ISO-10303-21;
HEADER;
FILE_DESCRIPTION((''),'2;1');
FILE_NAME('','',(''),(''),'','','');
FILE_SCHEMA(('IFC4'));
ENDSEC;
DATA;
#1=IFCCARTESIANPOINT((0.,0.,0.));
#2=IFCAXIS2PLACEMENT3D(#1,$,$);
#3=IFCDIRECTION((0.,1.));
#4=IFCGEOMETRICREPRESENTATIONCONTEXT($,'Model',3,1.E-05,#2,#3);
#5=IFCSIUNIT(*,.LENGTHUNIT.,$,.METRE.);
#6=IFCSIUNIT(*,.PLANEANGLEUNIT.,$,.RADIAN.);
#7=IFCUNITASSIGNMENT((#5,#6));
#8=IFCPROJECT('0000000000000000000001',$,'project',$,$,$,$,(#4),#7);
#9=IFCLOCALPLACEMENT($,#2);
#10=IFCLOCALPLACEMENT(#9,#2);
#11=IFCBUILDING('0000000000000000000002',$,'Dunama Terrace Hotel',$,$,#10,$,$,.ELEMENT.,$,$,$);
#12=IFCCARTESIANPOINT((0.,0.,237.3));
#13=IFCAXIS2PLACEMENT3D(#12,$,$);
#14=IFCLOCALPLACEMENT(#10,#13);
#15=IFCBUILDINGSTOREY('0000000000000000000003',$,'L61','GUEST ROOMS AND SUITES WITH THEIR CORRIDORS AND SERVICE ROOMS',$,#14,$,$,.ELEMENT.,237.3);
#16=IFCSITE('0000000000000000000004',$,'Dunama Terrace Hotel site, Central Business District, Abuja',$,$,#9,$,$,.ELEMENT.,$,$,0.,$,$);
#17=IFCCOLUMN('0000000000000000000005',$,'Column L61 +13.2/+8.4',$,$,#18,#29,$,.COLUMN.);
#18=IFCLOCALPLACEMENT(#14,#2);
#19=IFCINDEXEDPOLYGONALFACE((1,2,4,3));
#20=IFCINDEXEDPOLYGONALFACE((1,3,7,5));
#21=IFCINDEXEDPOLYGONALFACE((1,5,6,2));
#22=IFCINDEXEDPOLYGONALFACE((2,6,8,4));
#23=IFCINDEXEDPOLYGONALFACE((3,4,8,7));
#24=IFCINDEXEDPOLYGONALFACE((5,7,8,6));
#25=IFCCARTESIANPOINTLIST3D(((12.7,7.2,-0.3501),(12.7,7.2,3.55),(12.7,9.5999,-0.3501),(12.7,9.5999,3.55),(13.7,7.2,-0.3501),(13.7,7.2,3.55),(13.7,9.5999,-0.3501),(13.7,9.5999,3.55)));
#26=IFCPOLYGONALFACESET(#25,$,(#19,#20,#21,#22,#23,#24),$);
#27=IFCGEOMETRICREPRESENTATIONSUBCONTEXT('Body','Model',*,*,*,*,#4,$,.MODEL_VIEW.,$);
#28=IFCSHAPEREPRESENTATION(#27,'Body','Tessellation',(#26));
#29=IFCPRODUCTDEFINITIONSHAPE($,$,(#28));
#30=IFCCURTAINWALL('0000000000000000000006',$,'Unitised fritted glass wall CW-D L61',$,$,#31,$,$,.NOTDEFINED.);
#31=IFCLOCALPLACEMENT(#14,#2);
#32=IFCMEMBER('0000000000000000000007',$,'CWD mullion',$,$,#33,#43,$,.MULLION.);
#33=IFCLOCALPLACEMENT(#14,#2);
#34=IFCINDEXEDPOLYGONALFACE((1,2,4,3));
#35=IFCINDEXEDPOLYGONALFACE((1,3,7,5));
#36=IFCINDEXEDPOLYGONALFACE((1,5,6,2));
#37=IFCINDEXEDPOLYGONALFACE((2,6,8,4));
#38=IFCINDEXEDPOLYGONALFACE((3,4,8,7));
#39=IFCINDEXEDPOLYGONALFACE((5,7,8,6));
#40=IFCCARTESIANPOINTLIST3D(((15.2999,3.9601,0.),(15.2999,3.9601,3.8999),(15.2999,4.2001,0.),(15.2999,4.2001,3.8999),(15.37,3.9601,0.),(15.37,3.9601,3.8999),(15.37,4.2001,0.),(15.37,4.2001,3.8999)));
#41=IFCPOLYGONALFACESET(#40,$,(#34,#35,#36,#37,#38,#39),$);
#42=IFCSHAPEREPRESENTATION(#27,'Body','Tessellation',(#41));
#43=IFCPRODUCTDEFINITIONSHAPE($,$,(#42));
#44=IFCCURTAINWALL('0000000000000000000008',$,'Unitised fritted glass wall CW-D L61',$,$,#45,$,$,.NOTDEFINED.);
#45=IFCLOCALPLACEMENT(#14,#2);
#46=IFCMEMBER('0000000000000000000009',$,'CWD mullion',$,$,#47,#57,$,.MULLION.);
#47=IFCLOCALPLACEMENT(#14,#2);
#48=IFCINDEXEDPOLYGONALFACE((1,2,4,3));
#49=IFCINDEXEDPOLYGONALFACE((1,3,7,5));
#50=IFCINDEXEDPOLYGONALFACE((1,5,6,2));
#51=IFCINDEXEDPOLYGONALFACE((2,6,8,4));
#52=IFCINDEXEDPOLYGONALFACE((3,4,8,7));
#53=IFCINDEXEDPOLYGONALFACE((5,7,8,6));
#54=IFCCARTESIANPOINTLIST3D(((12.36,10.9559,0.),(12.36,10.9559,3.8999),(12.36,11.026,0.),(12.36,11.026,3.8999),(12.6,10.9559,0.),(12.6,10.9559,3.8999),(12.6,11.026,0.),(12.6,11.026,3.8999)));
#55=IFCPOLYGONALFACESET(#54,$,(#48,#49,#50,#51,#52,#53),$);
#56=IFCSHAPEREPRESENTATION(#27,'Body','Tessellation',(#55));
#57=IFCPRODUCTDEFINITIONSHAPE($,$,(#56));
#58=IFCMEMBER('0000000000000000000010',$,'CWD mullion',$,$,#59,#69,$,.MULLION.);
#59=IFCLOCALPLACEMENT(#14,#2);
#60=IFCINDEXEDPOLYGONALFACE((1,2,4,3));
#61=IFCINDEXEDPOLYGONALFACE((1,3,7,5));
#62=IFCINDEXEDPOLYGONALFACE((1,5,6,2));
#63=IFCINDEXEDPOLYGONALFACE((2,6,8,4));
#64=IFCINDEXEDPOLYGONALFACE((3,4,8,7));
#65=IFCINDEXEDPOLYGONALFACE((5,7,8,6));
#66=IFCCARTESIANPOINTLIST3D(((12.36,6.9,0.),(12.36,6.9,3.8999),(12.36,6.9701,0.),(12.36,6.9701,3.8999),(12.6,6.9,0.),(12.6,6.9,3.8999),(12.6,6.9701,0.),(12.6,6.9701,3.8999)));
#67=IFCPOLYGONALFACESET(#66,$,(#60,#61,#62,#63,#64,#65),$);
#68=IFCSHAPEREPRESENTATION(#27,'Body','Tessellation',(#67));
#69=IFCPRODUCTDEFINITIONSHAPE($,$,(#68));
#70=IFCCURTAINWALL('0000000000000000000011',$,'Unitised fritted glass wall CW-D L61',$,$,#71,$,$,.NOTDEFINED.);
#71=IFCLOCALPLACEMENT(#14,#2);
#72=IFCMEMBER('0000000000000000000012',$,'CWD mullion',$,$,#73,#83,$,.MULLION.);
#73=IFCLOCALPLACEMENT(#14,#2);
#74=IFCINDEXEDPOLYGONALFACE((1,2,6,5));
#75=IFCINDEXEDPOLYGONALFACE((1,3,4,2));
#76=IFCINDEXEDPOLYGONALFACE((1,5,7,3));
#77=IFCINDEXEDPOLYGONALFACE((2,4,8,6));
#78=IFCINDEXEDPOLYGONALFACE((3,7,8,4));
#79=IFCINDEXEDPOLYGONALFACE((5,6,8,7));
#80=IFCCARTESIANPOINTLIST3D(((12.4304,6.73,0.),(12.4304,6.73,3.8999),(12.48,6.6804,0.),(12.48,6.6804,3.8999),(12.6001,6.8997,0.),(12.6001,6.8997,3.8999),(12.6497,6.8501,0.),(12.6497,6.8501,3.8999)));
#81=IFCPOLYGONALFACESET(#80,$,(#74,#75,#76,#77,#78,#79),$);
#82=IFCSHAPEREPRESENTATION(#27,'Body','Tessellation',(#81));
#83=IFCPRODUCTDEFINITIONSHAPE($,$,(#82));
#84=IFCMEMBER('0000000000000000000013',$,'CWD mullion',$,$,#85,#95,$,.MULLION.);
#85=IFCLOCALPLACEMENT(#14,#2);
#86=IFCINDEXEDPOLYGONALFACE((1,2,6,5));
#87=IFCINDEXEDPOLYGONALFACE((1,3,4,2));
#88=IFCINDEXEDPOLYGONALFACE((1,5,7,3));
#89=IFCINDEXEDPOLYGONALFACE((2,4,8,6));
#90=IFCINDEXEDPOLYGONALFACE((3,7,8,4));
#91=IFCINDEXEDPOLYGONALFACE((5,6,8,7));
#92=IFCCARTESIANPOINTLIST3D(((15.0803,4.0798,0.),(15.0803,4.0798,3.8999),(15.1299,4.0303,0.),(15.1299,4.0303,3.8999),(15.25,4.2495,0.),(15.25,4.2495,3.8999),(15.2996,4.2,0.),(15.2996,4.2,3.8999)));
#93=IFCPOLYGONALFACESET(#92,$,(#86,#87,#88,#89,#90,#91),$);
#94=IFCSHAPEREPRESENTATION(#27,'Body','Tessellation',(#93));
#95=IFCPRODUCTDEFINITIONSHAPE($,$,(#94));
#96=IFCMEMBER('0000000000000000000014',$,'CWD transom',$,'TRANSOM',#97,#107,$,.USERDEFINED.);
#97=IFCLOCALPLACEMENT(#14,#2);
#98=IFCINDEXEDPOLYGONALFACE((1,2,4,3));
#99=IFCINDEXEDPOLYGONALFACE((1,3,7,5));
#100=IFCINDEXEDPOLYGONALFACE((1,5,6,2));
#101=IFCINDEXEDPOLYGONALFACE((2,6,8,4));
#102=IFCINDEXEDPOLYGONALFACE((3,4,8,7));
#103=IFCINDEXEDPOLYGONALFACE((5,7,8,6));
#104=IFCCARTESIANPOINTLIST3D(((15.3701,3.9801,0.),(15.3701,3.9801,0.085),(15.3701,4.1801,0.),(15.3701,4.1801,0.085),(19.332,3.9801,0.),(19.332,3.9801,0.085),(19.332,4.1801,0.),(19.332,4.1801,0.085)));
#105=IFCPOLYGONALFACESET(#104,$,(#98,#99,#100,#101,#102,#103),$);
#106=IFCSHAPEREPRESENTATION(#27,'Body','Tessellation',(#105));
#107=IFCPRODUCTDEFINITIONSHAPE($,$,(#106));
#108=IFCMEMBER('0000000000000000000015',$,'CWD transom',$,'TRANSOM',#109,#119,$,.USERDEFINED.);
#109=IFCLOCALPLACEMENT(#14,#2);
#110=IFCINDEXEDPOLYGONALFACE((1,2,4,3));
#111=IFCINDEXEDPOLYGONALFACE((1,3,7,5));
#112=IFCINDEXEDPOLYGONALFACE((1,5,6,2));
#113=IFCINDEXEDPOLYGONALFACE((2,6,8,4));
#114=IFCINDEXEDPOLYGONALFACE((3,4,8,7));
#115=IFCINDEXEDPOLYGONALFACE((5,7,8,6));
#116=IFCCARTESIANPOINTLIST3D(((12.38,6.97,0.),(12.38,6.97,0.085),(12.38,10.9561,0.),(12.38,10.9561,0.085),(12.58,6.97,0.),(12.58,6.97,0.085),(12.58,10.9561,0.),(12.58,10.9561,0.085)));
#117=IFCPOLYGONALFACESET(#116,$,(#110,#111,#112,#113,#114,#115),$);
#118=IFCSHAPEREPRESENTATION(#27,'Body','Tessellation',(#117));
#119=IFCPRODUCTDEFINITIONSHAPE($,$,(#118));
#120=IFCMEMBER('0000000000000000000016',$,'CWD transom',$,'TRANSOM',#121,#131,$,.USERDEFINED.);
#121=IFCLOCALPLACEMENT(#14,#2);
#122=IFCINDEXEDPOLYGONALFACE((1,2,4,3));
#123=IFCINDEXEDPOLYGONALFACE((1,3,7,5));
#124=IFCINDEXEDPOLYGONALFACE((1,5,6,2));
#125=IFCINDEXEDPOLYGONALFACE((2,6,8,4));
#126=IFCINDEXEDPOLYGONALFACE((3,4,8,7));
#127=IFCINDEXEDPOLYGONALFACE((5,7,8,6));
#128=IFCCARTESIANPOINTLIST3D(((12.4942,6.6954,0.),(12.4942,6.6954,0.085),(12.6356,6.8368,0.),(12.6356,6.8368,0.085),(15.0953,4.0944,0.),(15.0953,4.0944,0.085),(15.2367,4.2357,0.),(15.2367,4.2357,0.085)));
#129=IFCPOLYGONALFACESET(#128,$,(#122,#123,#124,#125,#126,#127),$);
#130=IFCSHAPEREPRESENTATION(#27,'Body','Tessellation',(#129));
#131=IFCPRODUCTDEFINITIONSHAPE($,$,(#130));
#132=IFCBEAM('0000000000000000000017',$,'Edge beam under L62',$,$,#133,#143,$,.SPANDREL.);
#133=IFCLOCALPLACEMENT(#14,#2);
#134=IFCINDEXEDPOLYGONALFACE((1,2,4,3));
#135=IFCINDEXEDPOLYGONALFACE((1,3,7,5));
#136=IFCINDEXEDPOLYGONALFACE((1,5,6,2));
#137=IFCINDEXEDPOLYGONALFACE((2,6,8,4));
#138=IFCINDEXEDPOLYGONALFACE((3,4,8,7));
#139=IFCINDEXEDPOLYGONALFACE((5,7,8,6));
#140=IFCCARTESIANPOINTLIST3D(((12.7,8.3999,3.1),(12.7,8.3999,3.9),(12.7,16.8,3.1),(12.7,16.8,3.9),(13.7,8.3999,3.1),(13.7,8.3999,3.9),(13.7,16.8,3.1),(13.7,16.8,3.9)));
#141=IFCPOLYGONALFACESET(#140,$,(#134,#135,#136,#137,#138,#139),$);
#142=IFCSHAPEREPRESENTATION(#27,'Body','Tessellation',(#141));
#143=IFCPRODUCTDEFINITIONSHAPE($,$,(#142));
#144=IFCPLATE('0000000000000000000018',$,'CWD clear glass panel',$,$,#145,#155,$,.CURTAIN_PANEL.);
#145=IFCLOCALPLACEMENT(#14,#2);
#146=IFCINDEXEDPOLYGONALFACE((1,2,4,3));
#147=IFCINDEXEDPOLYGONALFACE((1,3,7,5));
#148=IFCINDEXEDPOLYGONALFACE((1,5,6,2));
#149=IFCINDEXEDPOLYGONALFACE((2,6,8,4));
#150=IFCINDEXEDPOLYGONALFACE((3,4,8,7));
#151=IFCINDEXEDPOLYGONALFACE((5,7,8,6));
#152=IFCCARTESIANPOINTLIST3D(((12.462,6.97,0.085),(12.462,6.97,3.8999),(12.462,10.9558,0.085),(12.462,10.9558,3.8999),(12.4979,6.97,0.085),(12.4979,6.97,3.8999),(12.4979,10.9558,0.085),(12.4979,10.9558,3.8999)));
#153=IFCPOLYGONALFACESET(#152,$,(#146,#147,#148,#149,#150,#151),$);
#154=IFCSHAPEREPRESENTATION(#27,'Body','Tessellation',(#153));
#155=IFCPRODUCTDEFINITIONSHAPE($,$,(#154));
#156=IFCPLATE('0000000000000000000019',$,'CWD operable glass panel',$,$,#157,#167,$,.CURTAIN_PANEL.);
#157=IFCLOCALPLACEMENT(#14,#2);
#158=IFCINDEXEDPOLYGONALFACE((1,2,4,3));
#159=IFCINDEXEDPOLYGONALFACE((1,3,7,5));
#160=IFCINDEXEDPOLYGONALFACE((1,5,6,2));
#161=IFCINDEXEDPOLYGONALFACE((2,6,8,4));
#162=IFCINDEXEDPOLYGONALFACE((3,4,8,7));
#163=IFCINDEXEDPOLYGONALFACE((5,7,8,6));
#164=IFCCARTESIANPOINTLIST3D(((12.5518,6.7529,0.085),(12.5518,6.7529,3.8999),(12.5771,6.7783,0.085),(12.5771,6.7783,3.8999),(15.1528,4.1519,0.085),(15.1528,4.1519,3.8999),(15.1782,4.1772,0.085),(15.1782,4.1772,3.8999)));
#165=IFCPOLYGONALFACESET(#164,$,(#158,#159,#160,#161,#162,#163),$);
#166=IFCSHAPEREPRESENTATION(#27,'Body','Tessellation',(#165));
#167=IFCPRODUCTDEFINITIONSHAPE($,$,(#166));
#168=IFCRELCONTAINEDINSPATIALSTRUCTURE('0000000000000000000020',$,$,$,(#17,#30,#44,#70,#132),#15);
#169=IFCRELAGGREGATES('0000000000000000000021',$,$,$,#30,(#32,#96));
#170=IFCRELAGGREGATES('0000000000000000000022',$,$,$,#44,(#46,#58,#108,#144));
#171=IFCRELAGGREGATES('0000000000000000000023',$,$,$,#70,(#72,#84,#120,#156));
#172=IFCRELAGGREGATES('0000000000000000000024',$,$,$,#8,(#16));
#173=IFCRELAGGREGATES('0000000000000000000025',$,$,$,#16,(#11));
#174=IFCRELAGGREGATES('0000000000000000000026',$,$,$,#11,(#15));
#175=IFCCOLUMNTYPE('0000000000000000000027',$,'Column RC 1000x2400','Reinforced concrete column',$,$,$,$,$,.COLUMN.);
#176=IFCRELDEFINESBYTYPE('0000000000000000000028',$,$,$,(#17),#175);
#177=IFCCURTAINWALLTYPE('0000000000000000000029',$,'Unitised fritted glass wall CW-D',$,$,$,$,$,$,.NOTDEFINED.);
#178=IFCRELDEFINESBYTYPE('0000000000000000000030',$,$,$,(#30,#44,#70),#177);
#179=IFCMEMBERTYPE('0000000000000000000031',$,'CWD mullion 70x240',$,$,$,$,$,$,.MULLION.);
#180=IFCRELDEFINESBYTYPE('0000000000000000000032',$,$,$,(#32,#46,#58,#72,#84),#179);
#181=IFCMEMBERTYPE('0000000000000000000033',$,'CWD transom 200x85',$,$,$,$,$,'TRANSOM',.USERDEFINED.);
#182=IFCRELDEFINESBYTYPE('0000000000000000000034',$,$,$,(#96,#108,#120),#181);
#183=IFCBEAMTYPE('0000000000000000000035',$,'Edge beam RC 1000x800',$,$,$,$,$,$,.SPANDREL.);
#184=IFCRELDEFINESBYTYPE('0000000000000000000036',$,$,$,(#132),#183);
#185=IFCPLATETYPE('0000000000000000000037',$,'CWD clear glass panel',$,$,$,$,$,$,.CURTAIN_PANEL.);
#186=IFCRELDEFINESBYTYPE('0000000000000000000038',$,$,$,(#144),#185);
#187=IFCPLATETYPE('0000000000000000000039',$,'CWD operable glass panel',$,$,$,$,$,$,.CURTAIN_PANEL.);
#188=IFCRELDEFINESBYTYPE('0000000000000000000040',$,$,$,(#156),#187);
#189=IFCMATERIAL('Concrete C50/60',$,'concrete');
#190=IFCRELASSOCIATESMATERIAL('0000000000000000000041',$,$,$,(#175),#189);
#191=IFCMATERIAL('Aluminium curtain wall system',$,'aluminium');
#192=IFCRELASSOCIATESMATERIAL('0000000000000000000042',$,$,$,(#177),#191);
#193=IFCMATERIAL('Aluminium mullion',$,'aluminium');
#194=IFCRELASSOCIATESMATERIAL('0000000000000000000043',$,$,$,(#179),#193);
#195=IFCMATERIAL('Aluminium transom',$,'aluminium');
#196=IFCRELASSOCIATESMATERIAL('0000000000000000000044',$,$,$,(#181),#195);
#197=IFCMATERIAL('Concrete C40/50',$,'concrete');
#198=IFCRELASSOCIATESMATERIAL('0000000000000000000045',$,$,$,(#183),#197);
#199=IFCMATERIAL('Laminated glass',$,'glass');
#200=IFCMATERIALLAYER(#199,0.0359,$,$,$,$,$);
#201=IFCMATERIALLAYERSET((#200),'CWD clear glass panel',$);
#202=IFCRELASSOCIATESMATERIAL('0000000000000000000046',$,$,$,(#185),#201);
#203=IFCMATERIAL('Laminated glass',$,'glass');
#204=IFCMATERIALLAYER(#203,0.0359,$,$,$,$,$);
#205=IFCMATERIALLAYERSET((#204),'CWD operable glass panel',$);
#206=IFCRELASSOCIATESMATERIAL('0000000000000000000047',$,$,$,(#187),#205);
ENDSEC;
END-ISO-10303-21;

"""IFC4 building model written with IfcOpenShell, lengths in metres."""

from ifc_helpers import new_model, si_unit, direction, frame, origin, origin_2d, place, context, subcontext, project, spatial, rectangle, extrude, material, layer, layer_set, material_profile, profile_set, type_object, element, aggregate, save


model = new_model("IFC4")

# Units and contexts
model_context = context("Model", 3, precision=1e-05, world=origin(), true_north=direction((0.0, 1.0)))
body_context = subcontext(model_context, "Body", "Model", "MODEL_VIEW")
ifc_project = project(units=[si_unit("LENGTHUNIT", "METRE"), si_unit("PLANEANGLEUNIT", "RADIAN")], contexts=[model_context])

# Site, building, storey
site_placement = place(None, origin())
site = spatial("IfcSite", under=ifc_project, at=site_placement, Name="Dunama Terrace Hotel site, Central Business District, Abuja", CompositionType="ELEMENT", RefElevation=0.0)
building_placement = place(site_placement, origin())
building = spatial("IfcBuilding", under=site, at=building_placement, Name="Dunama Terrace Hotel", CompositionType="ELEMENT")
storey_placement = place(building_placement, frame((0.0, 0.0, 237.3)))
storey = spatial("IfcBuildingStorey", under=building, at=storey_placement, Name="L61", Description="GUEST ROOMS AND SUITES WITH THEIR CORRIDORS AND SERVICE ROOMS", CompositionType="ELEMENT", Elevation=237.3)

# Column
ifc_material_1 = material(Name="Concrete C50/60", Category="concrete")
ifc_material_profile_1 = material_profile(ifc_material_1, rectangle(XDim=1.0, YDim=2.3999, at=origin_2d()), Name="RC 1000x2400")
ifc_profile_set_1 = profile_set([ifc_material_profile_1], Name="Concrete C50/60")
column_type = type_object("IfcColumnType", Name="Column RC 1000x2400", Description="Reinforced concrete column", PredefinedType="COLUMN", material=ifc_profile_set_1)
column_placement = place(storey_placement, frame((13.2, 8.3999, -0.3501), z_axis=(0.0, 0.0, 1.0), x_axis=(1.0, 0.0, 0.0)))
element("IfcColumn", 1, at=column_placement, inside=storey, type_object=column_type, Name="Column L61 +13.2/+8.4", PredefinedType="COLUMN", context=body_context, shape_type="SweptSolid", body=[
    extrude(rectangle(XDim=1.0, YDim=2.3999, at=origin_2d()), origin(), (0.0, 0.0, 1.0), 3.9001),
])

# Curtain wall, member
ifc_material_2 = material(Name="Aluminium curtain wall system", Category="aluminium")
curtain_wall_type = type_object("IfcCurtainWallType", Name="Unitised fritted glass wall CW-D", PredefinedType="NOTDEFINED", material=ifc_material_2)
curtain_wall_1_placement = place(storey_placement, origin())
curtain_wall_1 = element("IfcCurtainWall", 2, at=curtain_wall_1_placement, inside=storey, type_object=curtain_wall_type, Name="Unitised fritted glass wall CW-D L61", PredefinedType="NOTDEFINED")
ifc_material_3 = material(Name="Aluminium mullion", Category="aluminium")
ifc_material_profile_2 = material_profile(ifc_material_3, rectangle(XDim=0.0701, YDim=0.24, at=origin_2d()), Name="CWD MULLION 70X240")
ifc_profile_set_2 = profile_set([ifc_material_profile_2], Name="Aluminium mullion")
member_type_1 = type_object("IfcMemberType", Name="CWD mullion 70x240", PredefinedType="MULLION", material=ifc_profile_set_2)
member_1_placement = place(storey_placement, frame((15.335, 4.0801, 0.0), z_axis=(0.0, 0.0, 1.0), x_axis=(1.0, 0.0, 0.0)))
member_1 = element("IfcMember", 3, at=member_1_placement, type_object=member_type_1, Name="CWD mullion", PredefinedType="MULLION", context=body_context, shape_type="SweptSolid", body=[
    extrude(rectangle(XDim=0.0701, YDim=0.24, at=origin_2d()), origin(), (0.0, 0.0, 1.0), 3.8999),
])

# Curtain walls, members
curtain_wall_2_placement = place(storey_placement, origin())
curtain_wall_2 = element("IfcCurtainWall", 4, at=curtain_wall_2_placement, inside=storey, type_object=curtain_wall_type, Name="Unitised fritted glass wall CW-D L61", PredefinedType="NOTDEFINED")
member_2_placement = place(storey_placement, frame((12.48, 10.991, 0.0), z_axis=(0.0, 0.0, 1.0), x_axis=(0.0, -1.0, 0.0)))
member_2 = element("IfcMember", 5, at=member_2_placement, type_object=member_type_1, Name="CWD mullion", PredefinedType="MULLION", context=body_context, shape_type="SweptSolid", body=[
    extrude(rectangle(XDim=0.0701, YDim=0.24, at=origin_2d()), origin(), (0.0, 0.0, 1.0), 3.8999),
])
member_3_placement = place(storey_placement, frame((12.48, 6.9351, 0.0), z_axis=(0.0, 0.0, 1.0), x_axis=(0.0, -1.0, 0.0)))
member_3 = element("IfcMember", 6, at=member_3_placement, type_object=member_type_1, Name="CWD mullion", PredefinedType="MULLION", context=body_context, shape_type="SweptSolid", body=[
    extrude(rectangle(XDim=0.0701, YDim=0.24, at=origin_2d()), origin(), (0.0, 0.0, 1.0), 3.8999),
])
curtain_wall_3_placement = place(storey_placement, origin())
curtain_wall_3 = element("IfcCurtainWall", 7, at=curtain_wall_3_placement, inside=storey, type_object=curtain_wall_type, Name="Unitised fritted glass wall CW-D L61", PredefinedType="NOTDEFINED")
member_4_placement = place(storey_placement, frame((12.54, 6.79, 0.0), z_axis=(0.0, 0.0, 1.0), x_axis=(0.707107, -0.707107, 0.0)))
member_4 = element("IfcMember", 8, at=member_4_placement, type_object=member_type_1, Name="CWD mullion", PredefinedType="MULLION", context=body_context, shape_type="SweptSolid", body=[
    extrude(rectangle(XDim=0.0701, YDim=0.24, at=origin_2d()), origin(), (0.0, 0.0, 1.0), 3.8999),
])
member_5_placement = place(storey_placement, frame((15.1899, 4.1399, 0.0), z_axis=(0.0, 0.0, 1.0), x_axis=(0.707107, -0.707107, 0.0)))
member_5 = element("IfcMember", 9, at=member_5_placement, type_object=member_type_1, Name="CWD mullion", PredefinedType="MULLION", context=body_context, shape_type="SweptSolid", body=[
    extrude(rectangle(XDim=0.0701, YDim=0.24, at=origin_2d()), origin(), (0.0, 0.0, 1.0), 3.8999),
])

# Members
ifc_material_4 = material(Name="Aluminium transom", Category="aluminium")
ifc_material_profile_3 = material_profile(ifc_material_4, rectangle(XDim=0.2, YDim=0.085, at=origin_2d()), Name="CWD TRANSOM 200X85")
ifc_profile_set_3 = profile_set([ifc_material_profile_3], Name="Aluminium transom")
member_type_2 = type_object("IfcMemberType", Name="CWD transom 200x85", ElementType="TRANSOM", PredefinedType="USERDEFINED", material=ifc_profile_set_3)
member_6_placement = place(storey_placement, frame((15.3701, 4.0801, 0.0425), z_axis=(1.0, 0.0, 0.0), x_axis=(0.0, 1.0, 0.0)))
member_6 = element("IfcMember", 10, at=member_6_placement, type_object=member_type_2, Name="CWD transom", ObjectType="TRANSOM", PredefinedType="USERDEFINED", context=body_context, shape_type="SweptSolid", body=[
    extrude(rectangle(XDim=0.2, YDim=0.085, at=origin_2d()), origin(), (0.0, 0.0, 1.0), 3.9619),
])
aggregate(curtain_wall_1, [member_1, member_6])
member_7_placement = place(storey_placement, frame((12.48, 10.9561, 0.0425), z_axis=(0.0, -1.0, 0.0), x_axis=(1.0, 0.0, 0.0)))
member_7 = element("IfcMember", 11, at=member_7_placement, type_object=member_type_2, Name="CWD transom", ObjectType="TRANSOM", PredefinedType="USERDEFINED", context=body_context, shape_type="SweptSolid", body=[
    extrude(rectangle(XDim=0.2, YDim=0.085, at=origin_2d()), origin(), (0.0, 0.0, 1.0), 3.9861),
])
member_8_placement = place(storey_placement, frame((12.5649, 6.7661, 0.0425), z_axis=(0.707107, -0.707107, 0.0), x_axis=(0.707107, 0.707107, 0.0)))
member_8 = element("IfcMember", 12, at=member_8_placement, type_object=member_type_2, Name="CWD transom", ObjectType="TRANSOM", PredefinedType="USERDEFINED", context=body_context, shape_type="SweptSolid", body=[
    extrude(rectangle(XDim=0.2, YDim=0.085, at=origin_2d()), origin(), (0.0, 0.0, 1.0), 3.6785),
])

# Beam
ifc_material_5 = material(Name="Concrete C40/50", Category="concrete")
ifc_material_profile_4 = material_profile(ifc_material_5, rectangle(XDim=1.0, YDim=0.8, at=origin_2d()), Name="RC 1000x800")
ifc_profile_set_4 = profile_set([ifc_material_profile_4], Name="Concrete C40/50")
beam_type = type_object("IfcBeamType", Name="Edge beam RC 1000x800", PredefinedType="SPANDREL", material=ifc_profile_set_4)
beam_placement = place(storey_placement, frame((13.2, 8.3999, 3.5), z_axis=(0.0, 1.0, 0.0), x_axis=(-1.0, 0.0, 0.0)))
element("IfcBeam", 13, at=beam_placement, inside=storey, type_object=beam_type, Name="Edge beam under L62", PredefinedType="SPANDREL", context=body_context, shape_type="SweptSolid", body=[
    extrude(rectangle(XDim=1.0, YDim=0.8, at=origin_2d()), origin(), (0.0, 0.0, 1.0), 8.4001),
])

# Plates
ifc_material_6 = material(Name="Laminated glass", Category="glass")
ifc_layer_1 = layer(ifc_material_6, 0.0359)
ifc_layer_set_1 = layer_set([ifc_layer_1], Name="CWD clear glass panel")
plate_type_1 = type_object("IfcPlateType", Name="CWD clear glass panel", PredefinedType="CURTAIN_PANEL", material=ifc_layer_set_1)
plate_1_placement = place(storey_placement, frame((12.48, 8.9629, 0.085), z_axis=(0.0, 0.0, 1.0), x_axis=(0.0, -1.0, 0.0)))
plate_1 = element("IfcPlate", 14, at=plate_1_placement, type_object=plate_type_1, Name="CWD clear glass panel", PredefinedType="CURTAIN_PANEL", context=body_context, shape_type="SweptSolid", body=[
    extrude(rectangle(XDim=3.9858, YDim=0.0359, at=origin_2d()), origin(), (0.0, 0.0, 1.0), 3.8149),
])
aggregate(curtain_wall_2, [member_2, member_3, member_7, plate_1])
ifc_material_7 = material(Name="Laminated glass", Category="glass")
ifc_layer_2 = layer(ifc_material_7, 0.0359)
ifc_layer_set_2 = layer_set([ifc_layer_2], Name="CWD operable glass panel")
plate_type_2 = type_object("IfcPlateType", Name="CWD operable glass panel", PredefinedType="CURTAIN_PANEL", material=ifc_layer_set_2)
plate_2_placement = place(storey_placement, frame((13.865, 5.4651, 0.085), z_axis=(0.0, 0.0, 1.0), x_axis=(0.707107, -0.707107, 0.0)))
plate_2 = element("IfcPlate", 15, at=plate_2_placement, type_object=plate_type_2, Name="CWD operable glass panel", PredefinedType="CURTAIN_PANEL", context=body_context, shape_type="SweptSolid", body=[
    extrude(rectangle(XDim=3.6785, YDim=0.0359, at=origin_2d()), origin(), (0.0, 0.0, 1.0), 3.8149),
])
aggregate(curtain_wall_3, [member_4, member_5, member_8, plate_2])

save(model, "model.ifc")
